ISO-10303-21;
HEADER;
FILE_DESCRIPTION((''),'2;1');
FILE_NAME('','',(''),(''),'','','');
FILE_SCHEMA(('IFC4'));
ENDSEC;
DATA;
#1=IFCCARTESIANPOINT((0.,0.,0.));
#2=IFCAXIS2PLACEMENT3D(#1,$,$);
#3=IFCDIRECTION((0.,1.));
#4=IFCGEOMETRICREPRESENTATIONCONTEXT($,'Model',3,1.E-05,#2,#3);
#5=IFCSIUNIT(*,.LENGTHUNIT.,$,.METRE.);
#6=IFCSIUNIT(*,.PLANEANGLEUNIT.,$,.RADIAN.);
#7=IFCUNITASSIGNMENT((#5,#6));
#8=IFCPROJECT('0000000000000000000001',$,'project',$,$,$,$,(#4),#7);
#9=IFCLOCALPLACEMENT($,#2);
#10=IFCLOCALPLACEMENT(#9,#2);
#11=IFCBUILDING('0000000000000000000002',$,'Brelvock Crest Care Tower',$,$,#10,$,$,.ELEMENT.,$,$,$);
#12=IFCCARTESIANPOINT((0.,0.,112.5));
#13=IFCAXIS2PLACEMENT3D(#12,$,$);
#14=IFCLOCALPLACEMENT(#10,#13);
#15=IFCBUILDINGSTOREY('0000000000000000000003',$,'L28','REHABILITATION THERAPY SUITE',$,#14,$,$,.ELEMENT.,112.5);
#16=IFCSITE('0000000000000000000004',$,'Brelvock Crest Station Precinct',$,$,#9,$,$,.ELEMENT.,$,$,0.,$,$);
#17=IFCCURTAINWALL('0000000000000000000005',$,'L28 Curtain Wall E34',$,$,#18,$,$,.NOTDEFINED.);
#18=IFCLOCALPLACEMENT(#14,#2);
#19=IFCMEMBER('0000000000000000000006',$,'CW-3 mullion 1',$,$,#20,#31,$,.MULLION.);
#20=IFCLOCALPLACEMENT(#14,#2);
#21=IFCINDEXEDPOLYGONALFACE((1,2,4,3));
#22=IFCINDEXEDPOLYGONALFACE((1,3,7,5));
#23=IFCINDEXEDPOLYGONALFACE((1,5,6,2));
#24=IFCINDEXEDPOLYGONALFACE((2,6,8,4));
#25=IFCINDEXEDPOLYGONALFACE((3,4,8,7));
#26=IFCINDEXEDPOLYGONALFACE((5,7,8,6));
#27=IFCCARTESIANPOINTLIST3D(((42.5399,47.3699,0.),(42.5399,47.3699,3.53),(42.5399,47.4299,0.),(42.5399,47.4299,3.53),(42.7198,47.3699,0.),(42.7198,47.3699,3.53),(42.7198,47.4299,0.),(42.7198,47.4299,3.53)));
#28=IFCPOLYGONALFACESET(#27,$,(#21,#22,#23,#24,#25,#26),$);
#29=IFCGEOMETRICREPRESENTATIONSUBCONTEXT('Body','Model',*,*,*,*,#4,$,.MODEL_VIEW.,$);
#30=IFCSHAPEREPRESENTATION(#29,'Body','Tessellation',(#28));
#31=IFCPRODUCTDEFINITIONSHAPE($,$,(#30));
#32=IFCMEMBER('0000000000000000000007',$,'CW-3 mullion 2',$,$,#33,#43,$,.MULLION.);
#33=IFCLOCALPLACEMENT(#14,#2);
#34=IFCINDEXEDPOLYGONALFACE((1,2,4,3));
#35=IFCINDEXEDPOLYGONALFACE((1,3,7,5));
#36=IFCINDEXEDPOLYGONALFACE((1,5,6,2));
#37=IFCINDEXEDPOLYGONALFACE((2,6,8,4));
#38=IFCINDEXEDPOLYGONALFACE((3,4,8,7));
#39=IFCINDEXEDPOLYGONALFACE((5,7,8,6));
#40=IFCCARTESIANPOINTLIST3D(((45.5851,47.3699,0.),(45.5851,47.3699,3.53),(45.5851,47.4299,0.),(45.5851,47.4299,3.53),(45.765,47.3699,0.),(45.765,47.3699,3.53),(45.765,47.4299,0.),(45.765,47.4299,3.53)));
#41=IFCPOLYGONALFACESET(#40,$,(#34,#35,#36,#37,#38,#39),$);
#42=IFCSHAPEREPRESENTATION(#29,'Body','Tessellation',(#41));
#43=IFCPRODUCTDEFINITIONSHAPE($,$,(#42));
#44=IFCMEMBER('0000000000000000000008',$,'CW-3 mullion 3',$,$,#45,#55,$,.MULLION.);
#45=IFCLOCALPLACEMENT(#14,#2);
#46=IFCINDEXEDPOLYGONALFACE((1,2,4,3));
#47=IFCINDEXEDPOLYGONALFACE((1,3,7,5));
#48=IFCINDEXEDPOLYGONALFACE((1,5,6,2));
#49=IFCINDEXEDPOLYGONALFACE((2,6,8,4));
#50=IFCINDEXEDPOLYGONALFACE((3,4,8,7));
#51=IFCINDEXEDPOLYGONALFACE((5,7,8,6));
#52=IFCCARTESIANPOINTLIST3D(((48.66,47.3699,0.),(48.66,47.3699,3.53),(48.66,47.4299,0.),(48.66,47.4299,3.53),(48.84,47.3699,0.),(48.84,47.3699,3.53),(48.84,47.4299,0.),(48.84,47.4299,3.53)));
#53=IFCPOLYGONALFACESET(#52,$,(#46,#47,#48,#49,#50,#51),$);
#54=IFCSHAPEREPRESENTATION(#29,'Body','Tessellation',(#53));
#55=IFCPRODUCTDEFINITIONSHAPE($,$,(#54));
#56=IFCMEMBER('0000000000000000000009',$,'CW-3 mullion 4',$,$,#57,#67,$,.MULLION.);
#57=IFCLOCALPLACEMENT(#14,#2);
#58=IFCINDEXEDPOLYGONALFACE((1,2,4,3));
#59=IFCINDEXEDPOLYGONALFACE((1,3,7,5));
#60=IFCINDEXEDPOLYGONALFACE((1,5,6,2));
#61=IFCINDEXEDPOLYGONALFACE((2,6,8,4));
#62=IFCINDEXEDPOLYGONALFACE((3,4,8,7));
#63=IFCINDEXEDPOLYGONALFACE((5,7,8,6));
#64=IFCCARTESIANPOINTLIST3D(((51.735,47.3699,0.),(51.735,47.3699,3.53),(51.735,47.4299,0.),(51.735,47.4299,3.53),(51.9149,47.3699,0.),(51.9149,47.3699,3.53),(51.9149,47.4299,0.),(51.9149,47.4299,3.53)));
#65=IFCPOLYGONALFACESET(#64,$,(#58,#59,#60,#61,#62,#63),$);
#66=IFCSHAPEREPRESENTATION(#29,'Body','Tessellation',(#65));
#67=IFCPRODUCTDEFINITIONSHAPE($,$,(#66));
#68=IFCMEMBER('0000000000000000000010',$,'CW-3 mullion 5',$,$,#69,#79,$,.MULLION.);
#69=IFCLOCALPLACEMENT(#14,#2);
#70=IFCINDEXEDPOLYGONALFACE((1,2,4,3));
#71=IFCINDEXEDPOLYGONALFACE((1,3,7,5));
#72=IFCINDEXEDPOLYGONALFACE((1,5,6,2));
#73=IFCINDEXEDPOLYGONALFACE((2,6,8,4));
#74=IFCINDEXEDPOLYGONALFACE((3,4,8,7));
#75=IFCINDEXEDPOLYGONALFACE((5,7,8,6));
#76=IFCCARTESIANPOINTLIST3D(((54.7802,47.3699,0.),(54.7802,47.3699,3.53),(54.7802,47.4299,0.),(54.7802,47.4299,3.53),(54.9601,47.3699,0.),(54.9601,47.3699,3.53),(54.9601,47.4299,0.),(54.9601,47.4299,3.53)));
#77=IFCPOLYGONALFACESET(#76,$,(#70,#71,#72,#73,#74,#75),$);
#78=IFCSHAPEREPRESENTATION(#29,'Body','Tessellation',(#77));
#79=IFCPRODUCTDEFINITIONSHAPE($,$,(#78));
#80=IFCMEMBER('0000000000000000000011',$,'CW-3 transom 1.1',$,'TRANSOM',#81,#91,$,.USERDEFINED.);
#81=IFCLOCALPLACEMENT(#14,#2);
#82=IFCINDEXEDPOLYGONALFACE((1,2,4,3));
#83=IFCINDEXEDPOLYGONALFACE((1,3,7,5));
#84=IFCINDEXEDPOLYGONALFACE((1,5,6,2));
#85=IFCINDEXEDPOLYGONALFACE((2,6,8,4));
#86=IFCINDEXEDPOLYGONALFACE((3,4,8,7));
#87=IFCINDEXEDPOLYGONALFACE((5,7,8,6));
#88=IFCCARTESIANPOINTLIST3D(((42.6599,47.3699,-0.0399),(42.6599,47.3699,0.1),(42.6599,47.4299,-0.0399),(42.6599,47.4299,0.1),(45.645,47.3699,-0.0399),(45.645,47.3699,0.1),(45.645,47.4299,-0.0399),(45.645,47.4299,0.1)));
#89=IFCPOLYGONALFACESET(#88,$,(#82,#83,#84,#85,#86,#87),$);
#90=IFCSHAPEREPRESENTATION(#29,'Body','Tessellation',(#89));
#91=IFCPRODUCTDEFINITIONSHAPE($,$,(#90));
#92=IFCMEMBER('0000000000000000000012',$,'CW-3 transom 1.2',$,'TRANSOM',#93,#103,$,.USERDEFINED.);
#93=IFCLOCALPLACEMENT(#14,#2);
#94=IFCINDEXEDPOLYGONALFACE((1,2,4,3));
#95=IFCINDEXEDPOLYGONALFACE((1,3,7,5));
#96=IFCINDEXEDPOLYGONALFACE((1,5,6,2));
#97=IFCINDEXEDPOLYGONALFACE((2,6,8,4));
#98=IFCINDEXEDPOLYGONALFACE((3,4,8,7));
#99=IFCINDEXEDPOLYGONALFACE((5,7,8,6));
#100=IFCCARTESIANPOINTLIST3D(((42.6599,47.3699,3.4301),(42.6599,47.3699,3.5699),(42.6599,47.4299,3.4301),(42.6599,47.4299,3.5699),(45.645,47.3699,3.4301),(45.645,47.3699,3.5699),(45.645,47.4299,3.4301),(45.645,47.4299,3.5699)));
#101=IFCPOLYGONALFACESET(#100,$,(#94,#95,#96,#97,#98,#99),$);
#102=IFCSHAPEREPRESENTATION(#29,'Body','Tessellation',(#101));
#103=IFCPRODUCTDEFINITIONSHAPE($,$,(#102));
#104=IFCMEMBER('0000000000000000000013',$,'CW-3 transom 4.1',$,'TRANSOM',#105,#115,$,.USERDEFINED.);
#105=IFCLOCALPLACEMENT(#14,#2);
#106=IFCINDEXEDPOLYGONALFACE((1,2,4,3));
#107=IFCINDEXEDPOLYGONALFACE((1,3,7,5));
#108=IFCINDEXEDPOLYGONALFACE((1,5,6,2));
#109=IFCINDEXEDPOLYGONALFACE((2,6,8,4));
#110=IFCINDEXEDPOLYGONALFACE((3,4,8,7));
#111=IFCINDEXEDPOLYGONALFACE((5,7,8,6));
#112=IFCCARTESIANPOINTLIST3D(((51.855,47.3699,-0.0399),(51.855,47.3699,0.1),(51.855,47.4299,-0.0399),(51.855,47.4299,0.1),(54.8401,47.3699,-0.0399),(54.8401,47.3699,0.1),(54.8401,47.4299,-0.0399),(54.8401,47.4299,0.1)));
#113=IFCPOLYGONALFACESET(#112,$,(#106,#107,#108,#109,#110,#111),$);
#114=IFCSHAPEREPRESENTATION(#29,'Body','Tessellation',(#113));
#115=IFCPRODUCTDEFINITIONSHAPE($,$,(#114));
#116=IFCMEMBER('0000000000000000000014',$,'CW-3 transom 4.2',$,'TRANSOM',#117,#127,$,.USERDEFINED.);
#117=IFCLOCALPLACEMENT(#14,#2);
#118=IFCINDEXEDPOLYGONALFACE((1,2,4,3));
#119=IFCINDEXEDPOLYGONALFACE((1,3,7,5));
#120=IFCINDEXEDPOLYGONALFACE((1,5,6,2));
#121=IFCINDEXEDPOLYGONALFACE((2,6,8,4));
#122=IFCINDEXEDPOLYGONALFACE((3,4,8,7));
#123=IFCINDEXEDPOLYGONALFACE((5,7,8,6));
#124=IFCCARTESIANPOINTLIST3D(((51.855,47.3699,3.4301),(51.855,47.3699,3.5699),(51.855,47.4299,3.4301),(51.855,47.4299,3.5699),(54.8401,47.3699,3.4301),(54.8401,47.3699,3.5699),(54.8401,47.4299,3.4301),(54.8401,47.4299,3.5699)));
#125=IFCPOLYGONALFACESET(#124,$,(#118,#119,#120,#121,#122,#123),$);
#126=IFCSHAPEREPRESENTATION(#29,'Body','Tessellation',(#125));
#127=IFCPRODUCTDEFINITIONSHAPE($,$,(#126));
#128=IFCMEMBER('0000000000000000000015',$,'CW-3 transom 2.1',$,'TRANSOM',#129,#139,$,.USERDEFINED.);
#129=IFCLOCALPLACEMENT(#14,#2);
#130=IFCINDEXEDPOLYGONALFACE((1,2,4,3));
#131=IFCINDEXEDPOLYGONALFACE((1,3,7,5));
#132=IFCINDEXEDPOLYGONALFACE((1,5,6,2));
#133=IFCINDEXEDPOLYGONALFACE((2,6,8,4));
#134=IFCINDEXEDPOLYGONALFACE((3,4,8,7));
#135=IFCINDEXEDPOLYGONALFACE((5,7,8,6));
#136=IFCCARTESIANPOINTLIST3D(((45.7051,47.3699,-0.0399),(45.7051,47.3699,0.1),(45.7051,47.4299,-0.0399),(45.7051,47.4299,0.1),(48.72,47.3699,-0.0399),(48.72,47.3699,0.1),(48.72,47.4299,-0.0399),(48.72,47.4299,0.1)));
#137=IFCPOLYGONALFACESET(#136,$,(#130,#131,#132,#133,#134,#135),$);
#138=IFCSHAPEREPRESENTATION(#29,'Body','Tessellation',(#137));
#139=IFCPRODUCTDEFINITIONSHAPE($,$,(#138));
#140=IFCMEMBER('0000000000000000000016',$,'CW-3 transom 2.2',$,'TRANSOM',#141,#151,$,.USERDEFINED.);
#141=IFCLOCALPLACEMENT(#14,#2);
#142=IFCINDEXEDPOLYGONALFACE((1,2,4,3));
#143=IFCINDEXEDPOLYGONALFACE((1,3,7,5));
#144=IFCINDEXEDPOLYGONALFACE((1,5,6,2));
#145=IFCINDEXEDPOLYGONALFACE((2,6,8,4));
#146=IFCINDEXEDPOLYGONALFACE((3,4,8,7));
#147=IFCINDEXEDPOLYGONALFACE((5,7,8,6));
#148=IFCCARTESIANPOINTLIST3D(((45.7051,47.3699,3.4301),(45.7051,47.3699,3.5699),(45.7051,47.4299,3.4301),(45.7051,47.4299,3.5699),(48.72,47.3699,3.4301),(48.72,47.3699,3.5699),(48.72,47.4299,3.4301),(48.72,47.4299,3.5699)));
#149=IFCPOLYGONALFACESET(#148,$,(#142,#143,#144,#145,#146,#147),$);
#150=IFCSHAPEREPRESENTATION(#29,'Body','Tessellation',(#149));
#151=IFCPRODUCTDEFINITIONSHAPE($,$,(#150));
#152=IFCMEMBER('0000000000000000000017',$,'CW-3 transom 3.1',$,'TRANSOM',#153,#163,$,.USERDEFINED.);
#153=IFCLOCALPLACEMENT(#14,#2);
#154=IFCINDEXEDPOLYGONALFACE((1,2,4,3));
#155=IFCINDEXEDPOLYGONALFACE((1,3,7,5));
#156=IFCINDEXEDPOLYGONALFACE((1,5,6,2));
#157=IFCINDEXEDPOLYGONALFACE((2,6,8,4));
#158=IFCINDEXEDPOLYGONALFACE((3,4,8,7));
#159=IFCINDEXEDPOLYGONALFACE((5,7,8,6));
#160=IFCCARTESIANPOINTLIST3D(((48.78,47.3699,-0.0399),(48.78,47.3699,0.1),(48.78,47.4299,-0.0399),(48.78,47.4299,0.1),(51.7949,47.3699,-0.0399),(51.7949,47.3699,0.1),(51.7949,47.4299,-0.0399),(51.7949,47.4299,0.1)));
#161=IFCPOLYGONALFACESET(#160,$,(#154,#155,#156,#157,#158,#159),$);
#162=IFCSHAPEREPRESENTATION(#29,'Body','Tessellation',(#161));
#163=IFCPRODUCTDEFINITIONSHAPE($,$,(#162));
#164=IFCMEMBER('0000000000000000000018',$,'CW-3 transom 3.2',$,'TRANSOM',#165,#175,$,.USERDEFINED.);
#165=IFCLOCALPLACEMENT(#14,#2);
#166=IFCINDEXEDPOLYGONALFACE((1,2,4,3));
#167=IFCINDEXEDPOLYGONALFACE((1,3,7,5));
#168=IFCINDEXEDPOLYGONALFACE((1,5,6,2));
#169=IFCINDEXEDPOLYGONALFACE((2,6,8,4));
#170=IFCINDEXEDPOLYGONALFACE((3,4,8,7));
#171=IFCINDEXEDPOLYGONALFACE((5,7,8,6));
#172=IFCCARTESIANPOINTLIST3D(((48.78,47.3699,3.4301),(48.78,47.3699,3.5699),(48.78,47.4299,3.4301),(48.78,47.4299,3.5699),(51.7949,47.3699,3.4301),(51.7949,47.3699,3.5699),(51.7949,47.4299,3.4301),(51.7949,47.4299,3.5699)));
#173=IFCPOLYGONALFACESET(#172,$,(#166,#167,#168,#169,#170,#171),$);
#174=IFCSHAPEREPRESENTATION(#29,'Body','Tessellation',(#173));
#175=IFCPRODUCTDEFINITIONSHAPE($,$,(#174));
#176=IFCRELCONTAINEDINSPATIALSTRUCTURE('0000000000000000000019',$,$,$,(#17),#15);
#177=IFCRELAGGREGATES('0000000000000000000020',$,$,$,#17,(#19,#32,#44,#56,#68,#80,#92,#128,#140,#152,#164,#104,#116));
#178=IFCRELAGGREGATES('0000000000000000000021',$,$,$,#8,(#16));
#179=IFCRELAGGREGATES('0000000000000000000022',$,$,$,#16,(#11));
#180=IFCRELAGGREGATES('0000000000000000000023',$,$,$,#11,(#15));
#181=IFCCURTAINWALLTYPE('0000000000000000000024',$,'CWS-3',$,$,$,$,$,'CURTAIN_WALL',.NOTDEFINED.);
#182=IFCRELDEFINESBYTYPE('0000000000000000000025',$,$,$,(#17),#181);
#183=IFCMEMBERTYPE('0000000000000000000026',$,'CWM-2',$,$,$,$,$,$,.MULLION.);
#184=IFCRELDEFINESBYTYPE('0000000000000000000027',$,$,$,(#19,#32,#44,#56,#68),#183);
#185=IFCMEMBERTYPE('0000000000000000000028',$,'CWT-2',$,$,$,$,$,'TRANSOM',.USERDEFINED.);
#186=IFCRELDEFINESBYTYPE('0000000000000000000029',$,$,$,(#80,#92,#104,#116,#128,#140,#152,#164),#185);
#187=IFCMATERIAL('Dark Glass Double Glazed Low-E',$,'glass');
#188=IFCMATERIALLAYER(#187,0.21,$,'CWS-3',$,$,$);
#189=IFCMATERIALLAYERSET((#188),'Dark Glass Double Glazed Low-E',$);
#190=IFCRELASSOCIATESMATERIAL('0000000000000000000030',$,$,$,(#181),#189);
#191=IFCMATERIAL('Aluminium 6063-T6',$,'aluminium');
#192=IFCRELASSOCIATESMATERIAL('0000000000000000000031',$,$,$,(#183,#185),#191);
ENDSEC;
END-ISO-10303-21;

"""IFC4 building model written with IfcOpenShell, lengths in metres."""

from ifc_helpers import new_model, si_unit, direction, frame, origin, origin_2d, place, context, subcontext, project, spatial, rectangle, extrude, source, transform, mapped, material, layer, layer_set, material_profile, profile_set, type_object, element, aggregate, save


model = new_model("IFC4")

# Units and contexts
model_context = context("Model", 3, precision=1e-05, world=origin(), true_north=direction((0.0, 1.0)))
body_context = subcontext(model_context, "Body", "Model", "MODEL_VIEW")
ifc_project = project(units=[si_unit("LENGTHUNIT", "METRE"), si_unit("PLANEANGLEUNIT", "RADIAN")], contexts=[model_context])

# Site, building, storey
site_placement = place(None, origin())
site = spatial("IfcSite", under=ifc_project, at=site_placement, Name="Brelvock Crest Station Precinct", CompositionType="ELEMENT", RefElevation=0.0)
building_placement = place(site_placement, origin())
building = spatial("IfcBuilding", under=site, at=building_placement, Name="Brelvock Crest Care Tower", CompositionType="ELEMENT")
storey_placement = place(building_placement, frame((0.0, 0.0, 112.5)))
storey = spatial("IfcBuildingStorey", under=building, at=storey_placement, Name="L28", Description="REHABILITATION THERAPY SUITE", CompositionType="ELEMENT", Elevation=112.5)

# Curtain wall, members
ifc_material_1 = material(Name="Dark Glass Double Glazed Low-E", Category="glass")
ifc_layer_1 = layer(ifc_material_1, 0.21, Name="CWS-3")
ifc_layer_set_1 = layer_set([ifc_layer_1], Name="Dark Glass Double Glazed Low-E")
curtain_wall_type = type_object("IfcCurtainWallType", Name="CWS-3", ElementType="CURTAIN_WALL", PredefinedType="NOTDEFINED", material=ifc_layer_set_1)
curtain_wall_placement = place(storey_placement, origin())
curtain_wall = element("IfcCurtainWall", 1, at=curtain_wall_placement, inside=storey, type_object=curtain_wall_type, Name="L28 Curtain Wall E34", PredefinedType="NOTDEFINED")
ifc_material_2 = material(Name="Aluminium 6063-T6", Category="aluminium")
ifc_material_profile_1 = material_profile(ifc_material_2, rectangle(XDim=0.0601, YDim=0.1799, at=origin_2d()), Name="ALU60x180")
ifc_profile_set_1 = profile_set([ifc_material_profile_1], Name="Aluminium 6063-T6")
member_type_1 = type_object("IfcMemberType", Name="CWM-2", PredefinedType="MULLION", material=ifc_profile_set_1)
shared_shape_1 = source(origin(), body_context, "Body", "SweptSolid", [
    extrude(rectangle(XDim=0.0601, YDim=0.1799, at=origin_2d()), origin(), (0.0, 0.0, 1.0), 3.53),
])
member_1_placement = place(storey_placement, frame((42.6299, 47.3999, 0.0), z_axis=(0.0, 0.0, 1.0), x_axis=(0.0, 1.0, 0.0)))
member_1 = element("IfcMember", 2, at=member_1_placement, type_object=member_type_1, Name="CW-3 mullion 1", PredefinedType="MULLION", context=body_context, shape_type="MappedRepresentation", body=[
    mapped(shared_shape_1, transform((0.0, 0.0, 0.0), x_axis=(1.0, 0.0, 0.0), y_axis=(0.0, 1.0, 0.0), z_axis=(0.0, 0.0, 1.0), scale=1.0)),
])
member_2_placement = place(storey_placement, frame((45.675, 47.3999, 0.0), z_axis=(0.0, 0.0, 1.0), x_axis=(0.0, 1.0, 0.0)))
member_2 = element("IfcMember", 3, at=member_2_placement, type_object=member_type_1, Name="CW-3 mullion 2", PredefinedType="MULLION", context=body_context, shape_type="MappedRepresentation", body=[
    mapped(shared_shape_1, transform((0.0, 0.0, 0.0), x_axis=(1.0, 0.0, 0.0), y_axis=(0.0, 1.0, 0.0), z_axis=(0.0, 0.0, 1.0), scale=1.0)),
])
member_3_placement = place(storey_placement, frame((48.75, 47.3999, 0.0), z_axis=(0.0, 0.0, 1.0), x_axis=(0.0, 1.0, 0.0)))
member_3 = element("IfcMember", 4, at=member_3_placement, type_object=member_type_1, Name="CW-3 mullion 3", PredefinedType="MULLION", context=body_context, shape_type="MappedRepresentation", body=[
    mapped(shared_shape_1, transform((0.0, 0.0, 0.0), x_axis=(1.0, 0.0, 0.0), y_axis=(0.0, 1.0, 0.0), z_axis=(0.0, 0.0, 1.0), scale=1.0)),
])
member_4_placement = place(storey_placement, frame((51.825, 47.3999, 0.0), z_axis=(0.0, 0.0, 1.0), x_axis=(0.0, 1.0, 0.0)))
member_4 = element("IfcMember", 5, at=member_4_placement, type_object=member_type_1, Name="CW-3 mullion 4", PredefinedType="MULLION", context=body_context, shape_type="MappedRepresentation", body=[
    mapped(shared_shape_1, transform((0.0, 0.0, 0.0), x_axis=(1.0, 0.0, 0.0), y_axis=(0.0, 1.0, 0.0), z_axis=(0.0, 0.0, 1.0), scale=1.0)),
])
member_5_placement = place(storey_placement, frame((54.8701, 47.3999, 0.0), z_axis=(0.0, 0.0, 1.0), x_axis=(0.0, 1.0, 0.0)))
member_5 = element("IfcMember", 6, at=member_5_placement, type_object=member_type_1, Name="CW-3 mullion 5", PredefinedType="MULLION", context=body_context, shape_type="MappedRepresentation", body=[
    mapped(shared_shape_1, transform((0.0, 0.0, 0.0), x_axis=(1.0, 0.0, 0.0), y_axis=(0.0, 1.0, 0.0), z_axis=(0.0, 0.0, 1.0), scale=1.0)),
])
ifc_material_profile_2 = material_profile(ifc_material_2, rectangle(XDim=0.0601, YDim=0.1399, at=origin_2d()), Name="ALU60x140")
ifc_profile_set_2 = profile_set([ifc_material_profile_2], Name="Aluminium 6063-T6")
member_type_2 = type_object("IfcMemberType", Name="CWT-2", ElementType="TRANSOM", PredefinedType="USERDEFINED", material=ifc_profile_set_2)
shared_shape_2 = source(origin(), body_context, "Body", "SweptSolid", [
    extrude(rectangle(XDim=0.0601, YDim=0.1399, at=origin_2d()), origin(), (0.0, 0.0, 1.0), 2.9851),
])
member_6_placement = place(storey_placement, frame((42.6599, 47.3999, 0.03), z_axis=(1.0, 0.0, 0.0), x_axis=(0.0, 1.0, 0.0)))
member_6 = element("IfcMember", 7, at=member_6_placement, type_object=member_type_2, Name="CW-3 transom 1.1", ObjectType="TRANSOM", PredefinedType="USERDEFINED", context=body_context, shape_type="MappedRepresentation", body=[
    mapped(shared_shape_2, transform((0.0, 0.0, 0.0), x_axis=(1.0, 0.0, 0.0), y_axis=(0.0, 1.0, 0.0), z_axis=(0.0, 0.0, 1.0), scale=1.0)),
])
member_7_placement = place(storey_placement, frame((42.6599, 47.3999, 3.5), z_axis=(1.0, 0.0, 0.0), x_axis=(0.0, 1.0, 0.0)))
member_7 = element("IfcMember", 8, at=member_7_placement, type_object=member_type_2, Name="CW-3 transom 1.2", ObjectType="TRANSOM", PredefinedType="USERDEFINED", context=body_context, shape_type="MappedRepresentation", body=[
    mapped(shared_shape_2, transform((0.0, 0.0, 0.0), x_axis=(1.0, 0.0, 0.0), y_axis=(0.0, 1.0, 0.0), z_axis=(0.0, 0.0, 1.0), scale=1.0)),
])
member_8_placement = place(storey_placement, frame((51.855, 47.3999, 0.03), z_axis=(1.0, 0.0, 0.0), x_axis=(0.0, 1.0, 0.0)))
member_8 = element("IfcMember", 9, at=member_8_placement, type_object=member_type_2, Name="CW-3 transom 4.1", ObjectType="TRANSOM", PredefinedType="USERDEFINED", context=body_context, shape_type="MappedRepresentation", body=[
    mapped(shared_shape_2, transform((0.0, 0.0, 0.0), x_axis=(1.0, 0.0, 0.0), y_axis=(0.0, 1.0, 0.0), z_axis=(0.0, 0.0, 1.0), scale=1.0)),
])
member_9_placement = place(storey_placement, frame((51.855, 47.3999, 3.5), z_axis=(1.0, 0.0, 0.0), x_axis=(0.0, 1.0, 0.0)))
member_9 = element("IfcMember", 10, at=member_9_placement, type_object=member_type_2, Name="CW-3 transom 4.2", ObjectType="TRANSOM", PredefinedType="USERDEFINED", context=body_context, shape_type="MappedRepresentation", body=[
    mapped(shared_shape_2, transform((0.0, 0.0, 0.0), x_axis=(1.0, 0.0, 0.0), y_axis=(0.0, 1.0, 0.0), z_axis=(0.0, 0.0, 1.0), scale=1.0)),
])
shared_shape_3 = source(origin(), body_context, "Body", "SweptSolid", [
    extrude(rectangle(XDim=0.0601, YDim=0.1399, at=origin_2d()), origin(), (0.0, 0.0, 1.0), 3.0149),
])
member_10_placement = place(storey_placement, frame((45.7051, 47.3999, 0.03), z_axis=(1.0, 0.0, 0.0), x_axis=(0.0, 1.0, 0.0)))
member_10 = element("IfcMember", 11, at=member_10_placement, type_object=member_type_2, Name="CW-3 transom 2.1", ObjectType="TRANSOM", PredefinedType="USERDEFINED", context=body_context, shape_type="MappedRepresentation", body=[
    mapped(shared_shape_3, transform((0.0, 0.0, 0.0), x_axis=(1.0, 0.0, 0.0), y_axis=(0.0, 1.0, 0.0), z_axis=(0.0, 0.0, 1.0), scale=1.0)),
])
member_11_placement = place(storey_placement, frame((45.7051, 47.3999, 3.5), z_axis=(1.0, 0.0, 0.0), x_axis=(0.0, 1.0, 0.0)))
member_11 = element("IfcMember", 12, at=member_11_placement, type_object=member_type_2, Name="CW-3 transom 2.2", ObjectType="TRANSOM", PredefinedType="USERDEFINED", context=body_context, shape_type="MappedRepresentation", body=[
    mapped(shared_shape_3, transform((0.0, 0.0, 0.0), x_axis=(1.0, 0.0, 0.0), y_axis=(0.0, 1.0, 0.0), z_axis=(0.0, 0.0, 1.0), scale=1.0)),
])
member_12_placement = place(storey_placement, frame((48.78, 47.3999, 0.03), z_axis=(1.0, 0.0, 0.0), x_axis=(0.0, 1.0, 0.0)))
member_12 = element("IfcMember", 13, at=member_12_placement, type_object=member_type_2, Name="CW-3 transom 3.1", ObjectType="TRANSOM", PredefinedType="USERDEFINED", context=body_context, shape_type="MappedRepresentation", body=[
    mapped(shared_shape_3, transform((0.0, 0.0, 0.0), x_axis=(1.0, 0.0, 0.0), y_axis=(0.0, 1.0, 0.0), z_axis=(0.0, 0.0, 1.0), scale=1.0)),
])
member_13_placement = place(storey_placement, frame((48.78, 47.3999, 3.5), z_axis=(1.0, 0.0, 0.0), x_axis=(0.0, 1.0, 0.0)))
member_13 = element("IfcMember", 14, at=member_13_placement, type_object=member_type_2, Name="CW-3 transom 3.2", ObjectType="TRANSOM", PredefinedType="USERDEFINED", context=body_context, shape_type="MappedRepresentation", body=[
    mapped(shared_shape_3, transform((0.0, 0.0, 0.0), x_axis=(1.0, 0.0, 0.0), y_axis=(0.0, 1.0, 0.0), z_axis=(0.0, 0.0, 1.0), scale=1.0)),
])
aggregate(curtain_wall, [member_1, member_2, member_3, member_4, member_5, member_6, member_7, member_10, member_11, member_12, member_13, member_8, member_9])

save(model, "model.ifc")
